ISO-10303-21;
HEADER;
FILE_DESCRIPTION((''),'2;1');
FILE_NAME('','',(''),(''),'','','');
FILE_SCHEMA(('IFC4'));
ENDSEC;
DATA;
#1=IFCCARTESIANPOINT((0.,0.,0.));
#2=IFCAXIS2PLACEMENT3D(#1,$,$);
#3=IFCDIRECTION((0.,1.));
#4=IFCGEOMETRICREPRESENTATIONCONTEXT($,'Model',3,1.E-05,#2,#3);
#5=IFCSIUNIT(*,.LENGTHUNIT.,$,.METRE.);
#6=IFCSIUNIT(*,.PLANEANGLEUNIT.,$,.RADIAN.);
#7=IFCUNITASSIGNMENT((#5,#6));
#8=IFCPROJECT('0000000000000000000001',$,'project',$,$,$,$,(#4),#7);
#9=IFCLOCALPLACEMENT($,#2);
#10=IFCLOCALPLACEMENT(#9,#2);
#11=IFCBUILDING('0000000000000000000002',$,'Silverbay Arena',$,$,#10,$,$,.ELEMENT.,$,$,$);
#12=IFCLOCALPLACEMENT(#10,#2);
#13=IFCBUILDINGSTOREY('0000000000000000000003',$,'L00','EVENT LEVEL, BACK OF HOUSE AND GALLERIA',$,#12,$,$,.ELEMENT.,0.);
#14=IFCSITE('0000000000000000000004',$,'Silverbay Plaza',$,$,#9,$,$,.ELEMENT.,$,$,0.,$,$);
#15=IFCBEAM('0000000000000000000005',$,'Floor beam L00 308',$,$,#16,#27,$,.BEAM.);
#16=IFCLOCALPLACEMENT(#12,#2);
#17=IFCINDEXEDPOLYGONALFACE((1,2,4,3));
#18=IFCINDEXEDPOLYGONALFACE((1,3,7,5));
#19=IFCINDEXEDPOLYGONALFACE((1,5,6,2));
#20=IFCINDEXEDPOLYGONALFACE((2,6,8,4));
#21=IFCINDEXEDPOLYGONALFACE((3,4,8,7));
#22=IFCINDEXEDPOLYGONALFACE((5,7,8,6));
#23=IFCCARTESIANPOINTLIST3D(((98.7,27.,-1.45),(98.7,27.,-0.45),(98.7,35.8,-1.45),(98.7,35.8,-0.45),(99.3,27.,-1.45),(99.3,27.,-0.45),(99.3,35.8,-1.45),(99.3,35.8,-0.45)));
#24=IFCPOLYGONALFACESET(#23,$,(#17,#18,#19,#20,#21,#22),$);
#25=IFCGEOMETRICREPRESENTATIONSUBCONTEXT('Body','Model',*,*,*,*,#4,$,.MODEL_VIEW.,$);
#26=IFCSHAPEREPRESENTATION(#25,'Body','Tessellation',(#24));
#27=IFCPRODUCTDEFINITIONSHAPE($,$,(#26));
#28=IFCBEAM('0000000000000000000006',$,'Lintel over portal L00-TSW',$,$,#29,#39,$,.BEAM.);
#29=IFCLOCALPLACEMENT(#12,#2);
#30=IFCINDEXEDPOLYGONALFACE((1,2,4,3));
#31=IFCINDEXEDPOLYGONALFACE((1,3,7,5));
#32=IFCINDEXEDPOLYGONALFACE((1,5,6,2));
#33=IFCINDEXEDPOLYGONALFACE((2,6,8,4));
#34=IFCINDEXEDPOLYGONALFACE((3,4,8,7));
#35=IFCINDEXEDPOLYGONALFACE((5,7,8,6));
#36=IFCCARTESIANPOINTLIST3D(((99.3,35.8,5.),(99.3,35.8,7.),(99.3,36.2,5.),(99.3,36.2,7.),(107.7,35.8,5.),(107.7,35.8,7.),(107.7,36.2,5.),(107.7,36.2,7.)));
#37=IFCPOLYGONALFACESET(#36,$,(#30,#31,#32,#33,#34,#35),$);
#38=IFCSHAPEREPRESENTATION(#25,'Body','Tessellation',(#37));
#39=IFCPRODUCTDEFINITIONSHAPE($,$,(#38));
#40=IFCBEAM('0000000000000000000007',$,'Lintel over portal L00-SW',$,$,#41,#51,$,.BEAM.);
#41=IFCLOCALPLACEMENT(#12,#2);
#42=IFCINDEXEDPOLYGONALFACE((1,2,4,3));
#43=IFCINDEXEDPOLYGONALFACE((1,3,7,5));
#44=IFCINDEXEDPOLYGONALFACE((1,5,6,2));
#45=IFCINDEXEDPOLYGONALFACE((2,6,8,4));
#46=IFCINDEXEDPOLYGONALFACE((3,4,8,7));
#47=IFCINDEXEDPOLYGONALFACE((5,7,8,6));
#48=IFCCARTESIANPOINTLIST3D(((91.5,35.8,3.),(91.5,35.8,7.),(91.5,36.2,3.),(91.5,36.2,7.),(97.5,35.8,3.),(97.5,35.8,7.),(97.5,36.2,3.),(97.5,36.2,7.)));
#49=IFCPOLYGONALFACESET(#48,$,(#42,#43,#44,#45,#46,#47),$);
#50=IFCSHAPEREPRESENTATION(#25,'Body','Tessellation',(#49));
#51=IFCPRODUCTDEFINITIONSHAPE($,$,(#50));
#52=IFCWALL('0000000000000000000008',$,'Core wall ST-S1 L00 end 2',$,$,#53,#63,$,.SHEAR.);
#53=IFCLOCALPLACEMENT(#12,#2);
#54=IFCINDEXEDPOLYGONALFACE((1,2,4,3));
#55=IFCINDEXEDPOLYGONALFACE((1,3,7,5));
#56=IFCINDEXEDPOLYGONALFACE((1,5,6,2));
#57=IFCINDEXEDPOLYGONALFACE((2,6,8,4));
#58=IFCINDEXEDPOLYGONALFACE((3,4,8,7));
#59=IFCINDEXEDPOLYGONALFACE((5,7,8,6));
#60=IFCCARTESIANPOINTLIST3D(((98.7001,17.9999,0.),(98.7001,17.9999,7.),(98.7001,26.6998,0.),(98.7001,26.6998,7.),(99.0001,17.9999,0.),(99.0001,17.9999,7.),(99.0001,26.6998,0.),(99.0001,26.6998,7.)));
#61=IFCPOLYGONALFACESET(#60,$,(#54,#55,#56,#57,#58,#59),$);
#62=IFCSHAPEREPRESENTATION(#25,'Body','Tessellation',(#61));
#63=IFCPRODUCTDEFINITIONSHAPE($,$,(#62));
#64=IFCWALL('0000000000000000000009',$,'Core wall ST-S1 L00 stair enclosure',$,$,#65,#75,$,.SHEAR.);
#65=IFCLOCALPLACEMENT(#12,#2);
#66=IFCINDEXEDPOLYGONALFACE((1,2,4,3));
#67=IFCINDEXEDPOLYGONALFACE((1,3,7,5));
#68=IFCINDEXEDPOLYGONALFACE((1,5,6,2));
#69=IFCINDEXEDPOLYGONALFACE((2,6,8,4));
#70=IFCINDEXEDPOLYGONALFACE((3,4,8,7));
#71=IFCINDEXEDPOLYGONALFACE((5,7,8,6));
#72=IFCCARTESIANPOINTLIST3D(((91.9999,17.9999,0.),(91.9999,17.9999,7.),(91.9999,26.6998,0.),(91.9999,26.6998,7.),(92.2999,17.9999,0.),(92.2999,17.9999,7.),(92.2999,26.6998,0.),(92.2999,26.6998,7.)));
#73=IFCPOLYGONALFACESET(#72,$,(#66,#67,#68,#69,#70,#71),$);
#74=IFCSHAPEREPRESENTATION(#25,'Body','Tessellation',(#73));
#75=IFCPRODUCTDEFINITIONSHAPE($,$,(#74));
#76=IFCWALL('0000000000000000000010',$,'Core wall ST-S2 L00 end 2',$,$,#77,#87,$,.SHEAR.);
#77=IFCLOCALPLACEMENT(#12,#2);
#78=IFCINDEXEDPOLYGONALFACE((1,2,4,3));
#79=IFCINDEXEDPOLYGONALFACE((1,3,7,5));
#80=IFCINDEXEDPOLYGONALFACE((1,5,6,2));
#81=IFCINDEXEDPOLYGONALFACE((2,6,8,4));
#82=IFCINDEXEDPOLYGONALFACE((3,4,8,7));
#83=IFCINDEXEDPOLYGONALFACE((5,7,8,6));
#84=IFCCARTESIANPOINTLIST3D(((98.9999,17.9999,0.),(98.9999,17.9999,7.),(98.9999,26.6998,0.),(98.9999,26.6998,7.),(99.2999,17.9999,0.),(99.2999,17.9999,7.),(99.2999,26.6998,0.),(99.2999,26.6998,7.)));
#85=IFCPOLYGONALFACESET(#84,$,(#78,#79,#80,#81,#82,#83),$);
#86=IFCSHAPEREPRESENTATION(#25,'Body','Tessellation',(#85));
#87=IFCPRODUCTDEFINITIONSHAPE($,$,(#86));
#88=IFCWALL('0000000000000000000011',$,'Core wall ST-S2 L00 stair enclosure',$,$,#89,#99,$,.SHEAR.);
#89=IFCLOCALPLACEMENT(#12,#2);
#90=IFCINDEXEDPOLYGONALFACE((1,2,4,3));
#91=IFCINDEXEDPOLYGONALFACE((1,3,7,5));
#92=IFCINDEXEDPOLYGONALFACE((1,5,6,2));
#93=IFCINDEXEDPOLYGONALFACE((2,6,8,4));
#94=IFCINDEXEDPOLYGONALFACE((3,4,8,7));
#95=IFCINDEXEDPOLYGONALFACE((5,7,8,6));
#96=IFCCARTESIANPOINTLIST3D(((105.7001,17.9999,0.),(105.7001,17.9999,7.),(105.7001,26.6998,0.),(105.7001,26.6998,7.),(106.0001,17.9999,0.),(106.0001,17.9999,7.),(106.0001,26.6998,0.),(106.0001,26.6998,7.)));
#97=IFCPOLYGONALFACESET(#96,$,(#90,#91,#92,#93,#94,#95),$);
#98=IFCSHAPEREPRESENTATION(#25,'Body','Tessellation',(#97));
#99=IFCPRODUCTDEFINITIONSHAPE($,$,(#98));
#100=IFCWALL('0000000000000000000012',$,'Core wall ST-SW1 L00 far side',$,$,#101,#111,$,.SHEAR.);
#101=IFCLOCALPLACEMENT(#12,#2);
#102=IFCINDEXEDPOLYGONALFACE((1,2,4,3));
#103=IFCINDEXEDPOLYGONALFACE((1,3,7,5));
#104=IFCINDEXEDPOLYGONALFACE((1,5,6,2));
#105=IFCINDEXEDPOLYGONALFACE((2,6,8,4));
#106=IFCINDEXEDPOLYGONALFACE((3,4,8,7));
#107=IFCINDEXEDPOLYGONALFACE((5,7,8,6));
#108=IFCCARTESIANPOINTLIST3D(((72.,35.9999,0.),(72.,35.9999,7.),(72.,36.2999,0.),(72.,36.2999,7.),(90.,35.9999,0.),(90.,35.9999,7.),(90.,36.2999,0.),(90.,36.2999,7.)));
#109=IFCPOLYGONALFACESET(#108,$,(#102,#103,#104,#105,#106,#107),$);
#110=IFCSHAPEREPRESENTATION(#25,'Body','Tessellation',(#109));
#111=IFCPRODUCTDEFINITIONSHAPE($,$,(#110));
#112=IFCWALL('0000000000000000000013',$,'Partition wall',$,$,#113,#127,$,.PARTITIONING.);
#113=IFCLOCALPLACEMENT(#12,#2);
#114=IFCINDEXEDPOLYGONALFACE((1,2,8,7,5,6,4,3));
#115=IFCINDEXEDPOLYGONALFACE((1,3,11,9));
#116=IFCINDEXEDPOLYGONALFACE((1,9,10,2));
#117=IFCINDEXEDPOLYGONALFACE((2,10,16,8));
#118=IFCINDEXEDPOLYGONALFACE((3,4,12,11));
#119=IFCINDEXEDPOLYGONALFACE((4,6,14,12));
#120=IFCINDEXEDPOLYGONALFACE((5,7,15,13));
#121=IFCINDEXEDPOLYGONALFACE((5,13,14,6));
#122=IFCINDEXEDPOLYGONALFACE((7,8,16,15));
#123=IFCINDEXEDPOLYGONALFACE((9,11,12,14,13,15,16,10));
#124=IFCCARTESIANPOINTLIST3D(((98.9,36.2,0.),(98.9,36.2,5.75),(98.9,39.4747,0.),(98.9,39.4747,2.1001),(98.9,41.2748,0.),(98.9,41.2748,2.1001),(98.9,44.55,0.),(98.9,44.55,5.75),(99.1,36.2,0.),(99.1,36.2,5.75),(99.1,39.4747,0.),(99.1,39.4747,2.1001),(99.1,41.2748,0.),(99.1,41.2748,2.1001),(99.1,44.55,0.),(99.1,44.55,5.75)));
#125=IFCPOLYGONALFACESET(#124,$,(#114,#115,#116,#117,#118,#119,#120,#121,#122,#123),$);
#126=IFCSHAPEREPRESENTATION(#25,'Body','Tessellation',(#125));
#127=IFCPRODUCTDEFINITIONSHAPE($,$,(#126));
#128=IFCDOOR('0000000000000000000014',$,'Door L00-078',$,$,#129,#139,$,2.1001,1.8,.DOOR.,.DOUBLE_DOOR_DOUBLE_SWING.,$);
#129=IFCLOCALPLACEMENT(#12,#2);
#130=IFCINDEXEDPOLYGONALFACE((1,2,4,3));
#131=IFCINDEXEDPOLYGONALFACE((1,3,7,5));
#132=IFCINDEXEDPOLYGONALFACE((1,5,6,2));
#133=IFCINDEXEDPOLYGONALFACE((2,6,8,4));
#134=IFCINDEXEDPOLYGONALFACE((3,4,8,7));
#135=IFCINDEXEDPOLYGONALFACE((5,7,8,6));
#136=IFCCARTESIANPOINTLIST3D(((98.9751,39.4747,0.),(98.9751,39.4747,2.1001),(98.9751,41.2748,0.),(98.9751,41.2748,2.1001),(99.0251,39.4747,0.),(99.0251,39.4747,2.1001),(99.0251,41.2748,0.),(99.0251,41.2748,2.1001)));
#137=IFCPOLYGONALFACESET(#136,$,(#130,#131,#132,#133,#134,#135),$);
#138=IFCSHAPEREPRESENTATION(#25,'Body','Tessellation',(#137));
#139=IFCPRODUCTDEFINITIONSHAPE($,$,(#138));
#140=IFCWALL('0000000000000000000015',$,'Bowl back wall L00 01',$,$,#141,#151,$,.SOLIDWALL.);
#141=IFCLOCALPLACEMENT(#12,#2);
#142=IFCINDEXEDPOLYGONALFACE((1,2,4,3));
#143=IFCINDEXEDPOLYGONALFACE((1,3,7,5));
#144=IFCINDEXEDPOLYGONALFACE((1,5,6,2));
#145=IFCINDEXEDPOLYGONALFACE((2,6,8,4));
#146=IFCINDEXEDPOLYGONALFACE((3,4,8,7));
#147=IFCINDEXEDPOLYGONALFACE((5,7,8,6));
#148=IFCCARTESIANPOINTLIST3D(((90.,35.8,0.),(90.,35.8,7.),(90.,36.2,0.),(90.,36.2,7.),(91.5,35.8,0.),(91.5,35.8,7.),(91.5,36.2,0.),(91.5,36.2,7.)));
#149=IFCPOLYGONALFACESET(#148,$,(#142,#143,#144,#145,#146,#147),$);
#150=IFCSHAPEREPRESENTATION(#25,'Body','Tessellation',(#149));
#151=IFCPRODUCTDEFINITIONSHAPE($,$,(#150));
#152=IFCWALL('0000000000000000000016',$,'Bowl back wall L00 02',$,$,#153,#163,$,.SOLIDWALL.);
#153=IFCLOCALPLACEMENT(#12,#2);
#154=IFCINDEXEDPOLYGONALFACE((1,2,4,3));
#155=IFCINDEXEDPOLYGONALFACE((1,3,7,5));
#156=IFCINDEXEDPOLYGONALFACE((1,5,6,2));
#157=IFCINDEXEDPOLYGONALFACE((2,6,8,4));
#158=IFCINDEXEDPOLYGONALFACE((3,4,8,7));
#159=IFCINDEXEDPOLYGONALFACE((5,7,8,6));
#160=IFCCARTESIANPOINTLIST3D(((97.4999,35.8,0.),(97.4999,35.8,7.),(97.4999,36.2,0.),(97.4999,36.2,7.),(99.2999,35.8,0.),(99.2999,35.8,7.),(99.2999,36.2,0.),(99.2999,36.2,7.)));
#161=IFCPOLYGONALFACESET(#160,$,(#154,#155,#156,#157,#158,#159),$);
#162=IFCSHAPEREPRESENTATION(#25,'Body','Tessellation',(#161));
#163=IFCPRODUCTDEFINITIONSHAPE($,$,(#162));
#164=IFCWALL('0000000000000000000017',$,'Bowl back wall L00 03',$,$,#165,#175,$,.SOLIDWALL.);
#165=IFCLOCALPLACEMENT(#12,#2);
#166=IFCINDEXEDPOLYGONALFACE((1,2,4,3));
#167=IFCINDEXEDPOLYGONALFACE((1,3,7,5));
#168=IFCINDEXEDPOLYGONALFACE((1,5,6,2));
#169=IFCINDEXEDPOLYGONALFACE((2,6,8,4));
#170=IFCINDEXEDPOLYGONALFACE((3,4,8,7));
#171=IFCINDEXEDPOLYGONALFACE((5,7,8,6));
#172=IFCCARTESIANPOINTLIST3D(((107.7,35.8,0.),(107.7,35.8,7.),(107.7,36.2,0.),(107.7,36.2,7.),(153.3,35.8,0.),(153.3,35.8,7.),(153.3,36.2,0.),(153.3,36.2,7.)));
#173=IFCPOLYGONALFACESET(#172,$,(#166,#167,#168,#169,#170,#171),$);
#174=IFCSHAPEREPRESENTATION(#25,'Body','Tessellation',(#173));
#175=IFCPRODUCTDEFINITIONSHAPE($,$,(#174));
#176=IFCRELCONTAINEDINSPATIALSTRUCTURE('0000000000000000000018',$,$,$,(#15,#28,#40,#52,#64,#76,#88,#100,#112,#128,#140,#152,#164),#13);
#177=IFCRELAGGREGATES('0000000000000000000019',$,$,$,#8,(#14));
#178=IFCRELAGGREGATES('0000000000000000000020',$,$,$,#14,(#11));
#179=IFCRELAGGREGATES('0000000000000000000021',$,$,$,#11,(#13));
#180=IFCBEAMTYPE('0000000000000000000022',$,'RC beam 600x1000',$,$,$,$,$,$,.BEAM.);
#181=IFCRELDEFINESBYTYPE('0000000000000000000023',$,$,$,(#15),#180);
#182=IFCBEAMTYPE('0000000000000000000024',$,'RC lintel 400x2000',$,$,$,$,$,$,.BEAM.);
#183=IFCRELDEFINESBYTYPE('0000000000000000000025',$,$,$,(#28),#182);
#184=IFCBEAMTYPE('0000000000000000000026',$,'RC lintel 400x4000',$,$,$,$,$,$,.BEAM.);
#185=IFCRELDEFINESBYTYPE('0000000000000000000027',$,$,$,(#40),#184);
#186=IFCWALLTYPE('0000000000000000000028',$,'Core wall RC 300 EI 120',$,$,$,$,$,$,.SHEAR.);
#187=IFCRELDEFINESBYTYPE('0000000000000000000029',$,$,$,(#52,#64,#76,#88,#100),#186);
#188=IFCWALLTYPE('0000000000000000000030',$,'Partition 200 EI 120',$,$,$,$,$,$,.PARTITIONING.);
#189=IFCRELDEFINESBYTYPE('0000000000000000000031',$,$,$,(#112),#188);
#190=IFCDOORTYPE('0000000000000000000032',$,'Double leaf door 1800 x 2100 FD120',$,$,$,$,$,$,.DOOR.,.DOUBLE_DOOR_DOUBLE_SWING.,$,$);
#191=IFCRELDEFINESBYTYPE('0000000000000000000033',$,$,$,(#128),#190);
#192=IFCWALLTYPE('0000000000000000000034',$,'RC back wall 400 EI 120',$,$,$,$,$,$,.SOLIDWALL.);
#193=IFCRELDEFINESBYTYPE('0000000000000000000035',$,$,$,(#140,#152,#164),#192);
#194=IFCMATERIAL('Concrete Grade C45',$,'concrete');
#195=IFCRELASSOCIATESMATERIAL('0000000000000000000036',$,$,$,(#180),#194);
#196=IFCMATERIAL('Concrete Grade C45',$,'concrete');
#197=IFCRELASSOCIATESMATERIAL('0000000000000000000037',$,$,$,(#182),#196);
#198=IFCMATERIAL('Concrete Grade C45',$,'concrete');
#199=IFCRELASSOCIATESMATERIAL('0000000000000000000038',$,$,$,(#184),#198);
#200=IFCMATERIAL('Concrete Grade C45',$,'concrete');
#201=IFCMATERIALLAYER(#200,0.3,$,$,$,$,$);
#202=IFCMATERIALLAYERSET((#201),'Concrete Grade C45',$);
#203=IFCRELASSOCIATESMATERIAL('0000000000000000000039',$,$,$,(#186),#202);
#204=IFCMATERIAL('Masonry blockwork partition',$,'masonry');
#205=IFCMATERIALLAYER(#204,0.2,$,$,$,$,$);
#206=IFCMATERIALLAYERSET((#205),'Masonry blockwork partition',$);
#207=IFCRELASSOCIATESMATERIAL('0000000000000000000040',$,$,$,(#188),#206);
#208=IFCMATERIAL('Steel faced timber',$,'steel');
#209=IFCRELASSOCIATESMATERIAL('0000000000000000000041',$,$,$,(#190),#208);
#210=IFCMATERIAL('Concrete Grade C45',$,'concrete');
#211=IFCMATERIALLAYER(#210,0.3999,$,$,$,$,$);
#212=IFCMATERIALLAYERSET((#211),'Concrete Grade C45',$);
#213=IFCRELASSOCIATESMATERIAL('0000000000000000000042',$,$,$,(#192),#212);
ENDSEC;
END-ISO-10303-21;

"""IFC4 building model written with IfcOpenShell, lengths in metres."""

from ifc_helpers import new_model, si_unit, direction, frame, frame_2d, origin, origin_2d, place, context, subcontext, project, spatial, rectangle, extrude, material, layer, layer_set, material_profile, profile_set, type_object, element, fill, save


model = new_model("IFC4")

# Units and contexts
model_context = context("Model", 3, precision=1e-05, world=origin(), true_north=direction((0.0, 1.0)))
body_context = subcontext(model_context, "Body", "Model", "MODEL_VIEW")
ifc_project = project(units=[si_unit("LENGTHUNIT", "METRE"), si_unit("PLANEANGLEUNIT", "RADIAN")], contexts=[model_context])

# Site, building, storey
site_placement = place(None, origin())
site = spatial("IfcSite", under=ifc_project, at=site_placement, Name="Silverbay Plaza", CompositionType="ELEMENT", RefElevation=0.0)
building_placement = place(site_placement, origin())
building = spatial("IfcBuilding", under=site, at=building_placement, Name="Silverbay Arena", CompositionType="ELEMENT")
storey_placement = place(building_placement, origin())
storey = spatial("IfcBuildingStorey", under=building, at=storey_placement, Name="L00", Description="EVENT LEVEL, BACK OF HOUSE AND GALLERIA", CompositionType="ELEMENT", Elevation=0.0)

# Beams
ifc_material_1 = material(Name="Concrete Grade C45", Category="concrete")
ifc_material_profile_1 = material_profile(ifc_material_1, rectangle(XDim=0.6001, YDim=1.0, at=origin_2d()), Name="RC 600x1000")
ifc_profile_set_1 = profile_set([ifc_material_profile_1], Name="Concrete Grade C45")
beam_type_1 = type_object("IfcBeamType", Name="RC beam 600x1000", PredefinedType="BEAM", material=ifc_profile_set_1)
for number, where, z_axis, x_axis, name in (
    (1, (99.0, 27.0, -0.95), (0.0, 1.0, 0.0), (-1.0, 0.0, 0.0), "Floor beam L00 308"),
):
    element("IfcBeam", number, at=place(storey_placement, frame(where, z_axis=z_axis, x_axis=x_axis)), inside=storey, type_object=beam_type_1, Name=name, PredefinedType="BEAM", context=body_context, shape_type="SweptSolid", body=[
        extrude(rectangle(XDim=0.6001, YDim=1.0, at=origin_2d()), origin(), (0.0, 0.0, 1.0), 8.8),
    ])
ifc_material_2 = material(Name="Concrete Grade C45", Category="concrete")
ifc_material_profile_2 = material_profile(ifc_material_2, rectangle(XDim=0.3999, YDim=2.0, at=origin_2d()), Name="RC 400x2000")
ifc_profile_set_2 = profile_set([ifc_material_profile_2], Name="Concrete Grade C45")
beam_type_2 = type_object("IfcBeamType", Name="RC lintel 400x2000", PredefinedType="BEAM", material=ifc_profile_set_2)
beam_1_placement = place(storey_placement, frame((99.3, 36.0, 6.0), z_axis=(1.0, 0.0, 0.0), x_axis=(0.0, 1.0, 0.0)))
element("IfcBeam", 2, at=beam_1_placement, inside=storey, type_object=beam_type_2, Name="Lintel over portal L00-TSW", PredefinedType="BEAM", context=body_context, shape_type="SweptSolid", body=[
    extrude(rectangle(XDim=0.3999, YDim=2.0, at=origin_2d()), origin(), (0.0, 0.0, 1.0), 8.3999),
])
ifc_material_3 = material(Name="Concrete Grade C45", Category="concrete")
ifc_material_profile_3 = material_profile(ifc_material_3, rectangle(XDim=0.3999, YDim=4.0, at=origin_2d()), Name="RC 400x4000")
ifc_profile_set_3 = profile_set([ifc_material_profile_3], Name="Concrete Grade C45")
beam_type_3 = type_object("IfcBeamType", Name="RC lintel 400x4000", PredefinedType="BEAM", material=ifc_profile_set_3)
beam_2_placement = place(storey_placement, frame((91.5, 36.0, 5.0), z_axis=(1.0, 0.0, 0.0), x_axis=(0.0, 1.0, 0.0)))
element("IfcBeam", 3, at=beam_2_placement, inside=storey, type_object=beam_type_3, Name="Lintel over portal L00-SW", PredefinedType="BEAM", context=body_context, shape_type="SweptSolid", body=[
    extrude(rectangle(XDim=0.3999, YDim=4.0, at=origin_2d()), origin(), (0.0, 0.0, 1.0), 6.0),
])

# Walls
ifc_material_4 = material(Name="Concrete Grade C45", Category="concrete")
ifc_layer_1 = layer(ifc_material_4, 0.3)
ifc_layer_set_1 = layer_set([ifc_layer_1], Name="Concrete Grade C45")
wall_type_1 = type_object("IfcWallType", Name="Core wall RC 300 EI 120", PredefinedType="SHEAR", material=ifc_layer_set_1)
for number, where, z_axis, x_axis, name in (
    (4, (98.8501, 26.7, 0.0), (0.0, 0.0, 1.0), (0.0, -1.0, 0.0), "Core wall ST-S1 L00 end 2"),
    (5, (92.1499, 26.7, 0.0), (0.0, 0.0, 1.0), (0.0, -1.0, 0.0), "Core wall ST-S1 L00 stair enclosure"),
    (6, (99.1499, 26.7, 0.0), (0.0, 0.0, 1.0), (0.0, -1.0, 0.0), "Core wall ST-S2 L00 end 2"),
    (7, (105.8501, 26.7, 0.0), (0.0, 0.0, 1.0), (0.0, -1.0, 0.0), "Core wall ST-S2 L00 stair enclosure"),
):
    element("IfcWall", number, at=place(storey_placement, frame(where, z_axis=z_axis, x_axis=x_axis)), inside=storey, type_object=wall_type_1, Name=name, PredefinedType="SHEAR", context=body_context, shape_type="SweptSolid", body=[
        extrude(rectangle(XDim=8.7, YDim=0.3, at=frame_2d((4.3501, 0.0))), origin(), (0.0, 0.0, 1.0), 7.0),
    ])
wall_1_placement = place(storey_placement, frame((90.0, 36.1499, 0.0), z_axis=(0.0, 0.0, 1.0), x_axis=(-1.0, 0.0, 0.0)))
element("IfcWall", 8, at=wall_1_placement, inside=storey, type_object=wall_type_1, Name="Core wall ST-SW1 L00 far side", PredefinedType="SHEAR", context=body_context, shape_type="SweptSolid", body=[
    extrude(rectangle(XDim=18.0, YDim=0.3, at=frame_2d((9.0, 0.0))), origin(), (0.0, 0.0, 1.0), 7.0),
])

# Wall, opening, door
ifc_material_5 = material(Name="Masonry blockwork partition", Category="masonry")
ifc_layer_2 = layer(ifc_material_5, 0.2)
ifc_layer_set_2 = layer_set([ifc_layer_2], Name="Masonry blockwork partition")
wall_type_2 = type_object("IfcWallType", Name="Partition 200 EI 120", PredefinedType="PARTITIONING", material=ifc_layer_set_2)
wall_2_placement = place(storey_placement, frame((99.0, 36.2, 0.0), z_axis=(0.0, 0.0, 1.0), x_axis=(0.0, 1.0, 0.0)))
wall_2 = element("IfcWall", 9, at=wall_2_placement, inside=storey, type_object=wall_type_2, Name="Partition wall", PredefinedType="PARTITIONING", context=body_context, shape_type="SweptSolid", body=[
    extrude(rectangle(XDim=8.3501, YDim=0.2, at=frame_2d((4.175, 0.0))), origin(), (0.0, 0.0, 1.0), 5.75),
])
opening_1_placement = place(wall_2_placement, frame((3.2749, 0.0, 0.0)))
opening_1 = element("IfcOpeningElement", 10, at=opening_1_placement, cuts=wall_2, PredefinedType="OPENING", context=body_context, shape_type="SweptSolid", body=[
    extrude(rectangle(XDim=1.8, YDim=2.1001, at=frame_2d((0.8999, 1.05))), frame((0.0, 0.1099, 0.0), z_axis=(0.0, -1.0, 0.0), x_axis=(1.0, 0.0, 0.0)), (0.0, 0.0, 1.0), 0.22),
])
ifc_material_6 = material(Name="Steel faced timber", Category="steel")
door_type_1 = type_object("IfcDoorType", Name="Double leaf door 1800 x 2100 FD120", OperationType="DOUBLE_DOOR_DOUBLE_SWING", PredefinedType="DOOR", material=ifc_material_6)
door_1_placement = place(opening_1_placement, origin())
door_1 = element("IfcDoor", 11, at=door_1_placement, inside=storey, type_object=door_type_1, Name="Door L00-078", OperationType="DOUBLE_DOOR_DOUBLE_SWING", OverallHeight=2.1001, OverallWidth=1.8, PredefinedType="DOOR", context=body_context, shape_type="SweptSolid", body=[
    extrude(rectangle(XDim=1.8, YDim=2.1001, at=frame_2d((0.8999, 1.05))), frame((0.0, 0.0249, 0.0), z_axis=(0.0, -1.0, 0.0), x_axis=(1.0, 0.0, 0.0)), (0.0, 0.0, 1.0), 0.05),
])
fill(opening_1, door_1)

# Walls
ifc_material_7 = material(Name="Concrete Grade C45", Category="concrete")
ifc_layer_3 = layer(ifc_material_7, 0.3999)
ifc_layer_set_3 = layer_set([ifc_layer_3], Name="Concrete Grade C45")
wall_type_3 = type_object("IfcWallType", Name="RC back wall 400 EI 120", PredefinedType="SOLIDWALL", material=ifc_layer_set_3)
wall_3_placement = place(storey_placement, frame((90.0, 36.0, 0.0), z_axis=(0.0, 0.0, 1.0), x_axis=(1.0, 0.0, 0.0)))
element("IfcWall", 12, at=wall_3_placement, inside=storey, type_object=wall_type_3, Name="Bowl back wall L00 01", PredefinedType="SOLIDWALL", context=body_context, shape_type="SweptSolid", body=[
    extrude(rectangle(XDim=1.5, YDim=0.3999, at=frame_2d((0.75, 0.0))), origin(), (0.0, 0.0, 1.0), 7.0),
])
wall_4_placement = place(storey_placement, frame((97.5, 36.0, 0.0), z_axis=(0.0, 0.0, 1.0), x_axis=(1.0, 0.0, 0.0)))
element("IfcWall", 13, at=wall_4_placement, inside=storey, type_object=wall_type_3, Name="Bowl back wall L00 02", PredefinedType="SOLIDWALL", context=body_context, shape_type="SweptSolid", body=[
    extrude(rectangle(XDim=1.8, YDim=0.3999, at=frame_2d((0.8999, 0.0))), origin(), (0.0, 0.0, 1.0), 7.0),
])
wall_5_placement = place(storey_placement, frame((107.7, 36.0, 0.0), z_axis=(0.0, 0.0, 1.0), x_axis=(1.0, 0.0, 0.0)))
element("IfcWall", 14, at=wall_5_placement, inside=storey, type_object=wall_type_3, Name="Bowl back wall L00 03", PredefinedType="SOLIDWALL", context=body_context, shape_type="SweptSolid", body=[
    extrude(rectangle(XDim=45.6001, YDim=0.3999, at=frame_2d((22.8, 0.0))), origin(), (0.0, 0.0, 1.0), 7.0),
])

save(model, "model.ifc")
